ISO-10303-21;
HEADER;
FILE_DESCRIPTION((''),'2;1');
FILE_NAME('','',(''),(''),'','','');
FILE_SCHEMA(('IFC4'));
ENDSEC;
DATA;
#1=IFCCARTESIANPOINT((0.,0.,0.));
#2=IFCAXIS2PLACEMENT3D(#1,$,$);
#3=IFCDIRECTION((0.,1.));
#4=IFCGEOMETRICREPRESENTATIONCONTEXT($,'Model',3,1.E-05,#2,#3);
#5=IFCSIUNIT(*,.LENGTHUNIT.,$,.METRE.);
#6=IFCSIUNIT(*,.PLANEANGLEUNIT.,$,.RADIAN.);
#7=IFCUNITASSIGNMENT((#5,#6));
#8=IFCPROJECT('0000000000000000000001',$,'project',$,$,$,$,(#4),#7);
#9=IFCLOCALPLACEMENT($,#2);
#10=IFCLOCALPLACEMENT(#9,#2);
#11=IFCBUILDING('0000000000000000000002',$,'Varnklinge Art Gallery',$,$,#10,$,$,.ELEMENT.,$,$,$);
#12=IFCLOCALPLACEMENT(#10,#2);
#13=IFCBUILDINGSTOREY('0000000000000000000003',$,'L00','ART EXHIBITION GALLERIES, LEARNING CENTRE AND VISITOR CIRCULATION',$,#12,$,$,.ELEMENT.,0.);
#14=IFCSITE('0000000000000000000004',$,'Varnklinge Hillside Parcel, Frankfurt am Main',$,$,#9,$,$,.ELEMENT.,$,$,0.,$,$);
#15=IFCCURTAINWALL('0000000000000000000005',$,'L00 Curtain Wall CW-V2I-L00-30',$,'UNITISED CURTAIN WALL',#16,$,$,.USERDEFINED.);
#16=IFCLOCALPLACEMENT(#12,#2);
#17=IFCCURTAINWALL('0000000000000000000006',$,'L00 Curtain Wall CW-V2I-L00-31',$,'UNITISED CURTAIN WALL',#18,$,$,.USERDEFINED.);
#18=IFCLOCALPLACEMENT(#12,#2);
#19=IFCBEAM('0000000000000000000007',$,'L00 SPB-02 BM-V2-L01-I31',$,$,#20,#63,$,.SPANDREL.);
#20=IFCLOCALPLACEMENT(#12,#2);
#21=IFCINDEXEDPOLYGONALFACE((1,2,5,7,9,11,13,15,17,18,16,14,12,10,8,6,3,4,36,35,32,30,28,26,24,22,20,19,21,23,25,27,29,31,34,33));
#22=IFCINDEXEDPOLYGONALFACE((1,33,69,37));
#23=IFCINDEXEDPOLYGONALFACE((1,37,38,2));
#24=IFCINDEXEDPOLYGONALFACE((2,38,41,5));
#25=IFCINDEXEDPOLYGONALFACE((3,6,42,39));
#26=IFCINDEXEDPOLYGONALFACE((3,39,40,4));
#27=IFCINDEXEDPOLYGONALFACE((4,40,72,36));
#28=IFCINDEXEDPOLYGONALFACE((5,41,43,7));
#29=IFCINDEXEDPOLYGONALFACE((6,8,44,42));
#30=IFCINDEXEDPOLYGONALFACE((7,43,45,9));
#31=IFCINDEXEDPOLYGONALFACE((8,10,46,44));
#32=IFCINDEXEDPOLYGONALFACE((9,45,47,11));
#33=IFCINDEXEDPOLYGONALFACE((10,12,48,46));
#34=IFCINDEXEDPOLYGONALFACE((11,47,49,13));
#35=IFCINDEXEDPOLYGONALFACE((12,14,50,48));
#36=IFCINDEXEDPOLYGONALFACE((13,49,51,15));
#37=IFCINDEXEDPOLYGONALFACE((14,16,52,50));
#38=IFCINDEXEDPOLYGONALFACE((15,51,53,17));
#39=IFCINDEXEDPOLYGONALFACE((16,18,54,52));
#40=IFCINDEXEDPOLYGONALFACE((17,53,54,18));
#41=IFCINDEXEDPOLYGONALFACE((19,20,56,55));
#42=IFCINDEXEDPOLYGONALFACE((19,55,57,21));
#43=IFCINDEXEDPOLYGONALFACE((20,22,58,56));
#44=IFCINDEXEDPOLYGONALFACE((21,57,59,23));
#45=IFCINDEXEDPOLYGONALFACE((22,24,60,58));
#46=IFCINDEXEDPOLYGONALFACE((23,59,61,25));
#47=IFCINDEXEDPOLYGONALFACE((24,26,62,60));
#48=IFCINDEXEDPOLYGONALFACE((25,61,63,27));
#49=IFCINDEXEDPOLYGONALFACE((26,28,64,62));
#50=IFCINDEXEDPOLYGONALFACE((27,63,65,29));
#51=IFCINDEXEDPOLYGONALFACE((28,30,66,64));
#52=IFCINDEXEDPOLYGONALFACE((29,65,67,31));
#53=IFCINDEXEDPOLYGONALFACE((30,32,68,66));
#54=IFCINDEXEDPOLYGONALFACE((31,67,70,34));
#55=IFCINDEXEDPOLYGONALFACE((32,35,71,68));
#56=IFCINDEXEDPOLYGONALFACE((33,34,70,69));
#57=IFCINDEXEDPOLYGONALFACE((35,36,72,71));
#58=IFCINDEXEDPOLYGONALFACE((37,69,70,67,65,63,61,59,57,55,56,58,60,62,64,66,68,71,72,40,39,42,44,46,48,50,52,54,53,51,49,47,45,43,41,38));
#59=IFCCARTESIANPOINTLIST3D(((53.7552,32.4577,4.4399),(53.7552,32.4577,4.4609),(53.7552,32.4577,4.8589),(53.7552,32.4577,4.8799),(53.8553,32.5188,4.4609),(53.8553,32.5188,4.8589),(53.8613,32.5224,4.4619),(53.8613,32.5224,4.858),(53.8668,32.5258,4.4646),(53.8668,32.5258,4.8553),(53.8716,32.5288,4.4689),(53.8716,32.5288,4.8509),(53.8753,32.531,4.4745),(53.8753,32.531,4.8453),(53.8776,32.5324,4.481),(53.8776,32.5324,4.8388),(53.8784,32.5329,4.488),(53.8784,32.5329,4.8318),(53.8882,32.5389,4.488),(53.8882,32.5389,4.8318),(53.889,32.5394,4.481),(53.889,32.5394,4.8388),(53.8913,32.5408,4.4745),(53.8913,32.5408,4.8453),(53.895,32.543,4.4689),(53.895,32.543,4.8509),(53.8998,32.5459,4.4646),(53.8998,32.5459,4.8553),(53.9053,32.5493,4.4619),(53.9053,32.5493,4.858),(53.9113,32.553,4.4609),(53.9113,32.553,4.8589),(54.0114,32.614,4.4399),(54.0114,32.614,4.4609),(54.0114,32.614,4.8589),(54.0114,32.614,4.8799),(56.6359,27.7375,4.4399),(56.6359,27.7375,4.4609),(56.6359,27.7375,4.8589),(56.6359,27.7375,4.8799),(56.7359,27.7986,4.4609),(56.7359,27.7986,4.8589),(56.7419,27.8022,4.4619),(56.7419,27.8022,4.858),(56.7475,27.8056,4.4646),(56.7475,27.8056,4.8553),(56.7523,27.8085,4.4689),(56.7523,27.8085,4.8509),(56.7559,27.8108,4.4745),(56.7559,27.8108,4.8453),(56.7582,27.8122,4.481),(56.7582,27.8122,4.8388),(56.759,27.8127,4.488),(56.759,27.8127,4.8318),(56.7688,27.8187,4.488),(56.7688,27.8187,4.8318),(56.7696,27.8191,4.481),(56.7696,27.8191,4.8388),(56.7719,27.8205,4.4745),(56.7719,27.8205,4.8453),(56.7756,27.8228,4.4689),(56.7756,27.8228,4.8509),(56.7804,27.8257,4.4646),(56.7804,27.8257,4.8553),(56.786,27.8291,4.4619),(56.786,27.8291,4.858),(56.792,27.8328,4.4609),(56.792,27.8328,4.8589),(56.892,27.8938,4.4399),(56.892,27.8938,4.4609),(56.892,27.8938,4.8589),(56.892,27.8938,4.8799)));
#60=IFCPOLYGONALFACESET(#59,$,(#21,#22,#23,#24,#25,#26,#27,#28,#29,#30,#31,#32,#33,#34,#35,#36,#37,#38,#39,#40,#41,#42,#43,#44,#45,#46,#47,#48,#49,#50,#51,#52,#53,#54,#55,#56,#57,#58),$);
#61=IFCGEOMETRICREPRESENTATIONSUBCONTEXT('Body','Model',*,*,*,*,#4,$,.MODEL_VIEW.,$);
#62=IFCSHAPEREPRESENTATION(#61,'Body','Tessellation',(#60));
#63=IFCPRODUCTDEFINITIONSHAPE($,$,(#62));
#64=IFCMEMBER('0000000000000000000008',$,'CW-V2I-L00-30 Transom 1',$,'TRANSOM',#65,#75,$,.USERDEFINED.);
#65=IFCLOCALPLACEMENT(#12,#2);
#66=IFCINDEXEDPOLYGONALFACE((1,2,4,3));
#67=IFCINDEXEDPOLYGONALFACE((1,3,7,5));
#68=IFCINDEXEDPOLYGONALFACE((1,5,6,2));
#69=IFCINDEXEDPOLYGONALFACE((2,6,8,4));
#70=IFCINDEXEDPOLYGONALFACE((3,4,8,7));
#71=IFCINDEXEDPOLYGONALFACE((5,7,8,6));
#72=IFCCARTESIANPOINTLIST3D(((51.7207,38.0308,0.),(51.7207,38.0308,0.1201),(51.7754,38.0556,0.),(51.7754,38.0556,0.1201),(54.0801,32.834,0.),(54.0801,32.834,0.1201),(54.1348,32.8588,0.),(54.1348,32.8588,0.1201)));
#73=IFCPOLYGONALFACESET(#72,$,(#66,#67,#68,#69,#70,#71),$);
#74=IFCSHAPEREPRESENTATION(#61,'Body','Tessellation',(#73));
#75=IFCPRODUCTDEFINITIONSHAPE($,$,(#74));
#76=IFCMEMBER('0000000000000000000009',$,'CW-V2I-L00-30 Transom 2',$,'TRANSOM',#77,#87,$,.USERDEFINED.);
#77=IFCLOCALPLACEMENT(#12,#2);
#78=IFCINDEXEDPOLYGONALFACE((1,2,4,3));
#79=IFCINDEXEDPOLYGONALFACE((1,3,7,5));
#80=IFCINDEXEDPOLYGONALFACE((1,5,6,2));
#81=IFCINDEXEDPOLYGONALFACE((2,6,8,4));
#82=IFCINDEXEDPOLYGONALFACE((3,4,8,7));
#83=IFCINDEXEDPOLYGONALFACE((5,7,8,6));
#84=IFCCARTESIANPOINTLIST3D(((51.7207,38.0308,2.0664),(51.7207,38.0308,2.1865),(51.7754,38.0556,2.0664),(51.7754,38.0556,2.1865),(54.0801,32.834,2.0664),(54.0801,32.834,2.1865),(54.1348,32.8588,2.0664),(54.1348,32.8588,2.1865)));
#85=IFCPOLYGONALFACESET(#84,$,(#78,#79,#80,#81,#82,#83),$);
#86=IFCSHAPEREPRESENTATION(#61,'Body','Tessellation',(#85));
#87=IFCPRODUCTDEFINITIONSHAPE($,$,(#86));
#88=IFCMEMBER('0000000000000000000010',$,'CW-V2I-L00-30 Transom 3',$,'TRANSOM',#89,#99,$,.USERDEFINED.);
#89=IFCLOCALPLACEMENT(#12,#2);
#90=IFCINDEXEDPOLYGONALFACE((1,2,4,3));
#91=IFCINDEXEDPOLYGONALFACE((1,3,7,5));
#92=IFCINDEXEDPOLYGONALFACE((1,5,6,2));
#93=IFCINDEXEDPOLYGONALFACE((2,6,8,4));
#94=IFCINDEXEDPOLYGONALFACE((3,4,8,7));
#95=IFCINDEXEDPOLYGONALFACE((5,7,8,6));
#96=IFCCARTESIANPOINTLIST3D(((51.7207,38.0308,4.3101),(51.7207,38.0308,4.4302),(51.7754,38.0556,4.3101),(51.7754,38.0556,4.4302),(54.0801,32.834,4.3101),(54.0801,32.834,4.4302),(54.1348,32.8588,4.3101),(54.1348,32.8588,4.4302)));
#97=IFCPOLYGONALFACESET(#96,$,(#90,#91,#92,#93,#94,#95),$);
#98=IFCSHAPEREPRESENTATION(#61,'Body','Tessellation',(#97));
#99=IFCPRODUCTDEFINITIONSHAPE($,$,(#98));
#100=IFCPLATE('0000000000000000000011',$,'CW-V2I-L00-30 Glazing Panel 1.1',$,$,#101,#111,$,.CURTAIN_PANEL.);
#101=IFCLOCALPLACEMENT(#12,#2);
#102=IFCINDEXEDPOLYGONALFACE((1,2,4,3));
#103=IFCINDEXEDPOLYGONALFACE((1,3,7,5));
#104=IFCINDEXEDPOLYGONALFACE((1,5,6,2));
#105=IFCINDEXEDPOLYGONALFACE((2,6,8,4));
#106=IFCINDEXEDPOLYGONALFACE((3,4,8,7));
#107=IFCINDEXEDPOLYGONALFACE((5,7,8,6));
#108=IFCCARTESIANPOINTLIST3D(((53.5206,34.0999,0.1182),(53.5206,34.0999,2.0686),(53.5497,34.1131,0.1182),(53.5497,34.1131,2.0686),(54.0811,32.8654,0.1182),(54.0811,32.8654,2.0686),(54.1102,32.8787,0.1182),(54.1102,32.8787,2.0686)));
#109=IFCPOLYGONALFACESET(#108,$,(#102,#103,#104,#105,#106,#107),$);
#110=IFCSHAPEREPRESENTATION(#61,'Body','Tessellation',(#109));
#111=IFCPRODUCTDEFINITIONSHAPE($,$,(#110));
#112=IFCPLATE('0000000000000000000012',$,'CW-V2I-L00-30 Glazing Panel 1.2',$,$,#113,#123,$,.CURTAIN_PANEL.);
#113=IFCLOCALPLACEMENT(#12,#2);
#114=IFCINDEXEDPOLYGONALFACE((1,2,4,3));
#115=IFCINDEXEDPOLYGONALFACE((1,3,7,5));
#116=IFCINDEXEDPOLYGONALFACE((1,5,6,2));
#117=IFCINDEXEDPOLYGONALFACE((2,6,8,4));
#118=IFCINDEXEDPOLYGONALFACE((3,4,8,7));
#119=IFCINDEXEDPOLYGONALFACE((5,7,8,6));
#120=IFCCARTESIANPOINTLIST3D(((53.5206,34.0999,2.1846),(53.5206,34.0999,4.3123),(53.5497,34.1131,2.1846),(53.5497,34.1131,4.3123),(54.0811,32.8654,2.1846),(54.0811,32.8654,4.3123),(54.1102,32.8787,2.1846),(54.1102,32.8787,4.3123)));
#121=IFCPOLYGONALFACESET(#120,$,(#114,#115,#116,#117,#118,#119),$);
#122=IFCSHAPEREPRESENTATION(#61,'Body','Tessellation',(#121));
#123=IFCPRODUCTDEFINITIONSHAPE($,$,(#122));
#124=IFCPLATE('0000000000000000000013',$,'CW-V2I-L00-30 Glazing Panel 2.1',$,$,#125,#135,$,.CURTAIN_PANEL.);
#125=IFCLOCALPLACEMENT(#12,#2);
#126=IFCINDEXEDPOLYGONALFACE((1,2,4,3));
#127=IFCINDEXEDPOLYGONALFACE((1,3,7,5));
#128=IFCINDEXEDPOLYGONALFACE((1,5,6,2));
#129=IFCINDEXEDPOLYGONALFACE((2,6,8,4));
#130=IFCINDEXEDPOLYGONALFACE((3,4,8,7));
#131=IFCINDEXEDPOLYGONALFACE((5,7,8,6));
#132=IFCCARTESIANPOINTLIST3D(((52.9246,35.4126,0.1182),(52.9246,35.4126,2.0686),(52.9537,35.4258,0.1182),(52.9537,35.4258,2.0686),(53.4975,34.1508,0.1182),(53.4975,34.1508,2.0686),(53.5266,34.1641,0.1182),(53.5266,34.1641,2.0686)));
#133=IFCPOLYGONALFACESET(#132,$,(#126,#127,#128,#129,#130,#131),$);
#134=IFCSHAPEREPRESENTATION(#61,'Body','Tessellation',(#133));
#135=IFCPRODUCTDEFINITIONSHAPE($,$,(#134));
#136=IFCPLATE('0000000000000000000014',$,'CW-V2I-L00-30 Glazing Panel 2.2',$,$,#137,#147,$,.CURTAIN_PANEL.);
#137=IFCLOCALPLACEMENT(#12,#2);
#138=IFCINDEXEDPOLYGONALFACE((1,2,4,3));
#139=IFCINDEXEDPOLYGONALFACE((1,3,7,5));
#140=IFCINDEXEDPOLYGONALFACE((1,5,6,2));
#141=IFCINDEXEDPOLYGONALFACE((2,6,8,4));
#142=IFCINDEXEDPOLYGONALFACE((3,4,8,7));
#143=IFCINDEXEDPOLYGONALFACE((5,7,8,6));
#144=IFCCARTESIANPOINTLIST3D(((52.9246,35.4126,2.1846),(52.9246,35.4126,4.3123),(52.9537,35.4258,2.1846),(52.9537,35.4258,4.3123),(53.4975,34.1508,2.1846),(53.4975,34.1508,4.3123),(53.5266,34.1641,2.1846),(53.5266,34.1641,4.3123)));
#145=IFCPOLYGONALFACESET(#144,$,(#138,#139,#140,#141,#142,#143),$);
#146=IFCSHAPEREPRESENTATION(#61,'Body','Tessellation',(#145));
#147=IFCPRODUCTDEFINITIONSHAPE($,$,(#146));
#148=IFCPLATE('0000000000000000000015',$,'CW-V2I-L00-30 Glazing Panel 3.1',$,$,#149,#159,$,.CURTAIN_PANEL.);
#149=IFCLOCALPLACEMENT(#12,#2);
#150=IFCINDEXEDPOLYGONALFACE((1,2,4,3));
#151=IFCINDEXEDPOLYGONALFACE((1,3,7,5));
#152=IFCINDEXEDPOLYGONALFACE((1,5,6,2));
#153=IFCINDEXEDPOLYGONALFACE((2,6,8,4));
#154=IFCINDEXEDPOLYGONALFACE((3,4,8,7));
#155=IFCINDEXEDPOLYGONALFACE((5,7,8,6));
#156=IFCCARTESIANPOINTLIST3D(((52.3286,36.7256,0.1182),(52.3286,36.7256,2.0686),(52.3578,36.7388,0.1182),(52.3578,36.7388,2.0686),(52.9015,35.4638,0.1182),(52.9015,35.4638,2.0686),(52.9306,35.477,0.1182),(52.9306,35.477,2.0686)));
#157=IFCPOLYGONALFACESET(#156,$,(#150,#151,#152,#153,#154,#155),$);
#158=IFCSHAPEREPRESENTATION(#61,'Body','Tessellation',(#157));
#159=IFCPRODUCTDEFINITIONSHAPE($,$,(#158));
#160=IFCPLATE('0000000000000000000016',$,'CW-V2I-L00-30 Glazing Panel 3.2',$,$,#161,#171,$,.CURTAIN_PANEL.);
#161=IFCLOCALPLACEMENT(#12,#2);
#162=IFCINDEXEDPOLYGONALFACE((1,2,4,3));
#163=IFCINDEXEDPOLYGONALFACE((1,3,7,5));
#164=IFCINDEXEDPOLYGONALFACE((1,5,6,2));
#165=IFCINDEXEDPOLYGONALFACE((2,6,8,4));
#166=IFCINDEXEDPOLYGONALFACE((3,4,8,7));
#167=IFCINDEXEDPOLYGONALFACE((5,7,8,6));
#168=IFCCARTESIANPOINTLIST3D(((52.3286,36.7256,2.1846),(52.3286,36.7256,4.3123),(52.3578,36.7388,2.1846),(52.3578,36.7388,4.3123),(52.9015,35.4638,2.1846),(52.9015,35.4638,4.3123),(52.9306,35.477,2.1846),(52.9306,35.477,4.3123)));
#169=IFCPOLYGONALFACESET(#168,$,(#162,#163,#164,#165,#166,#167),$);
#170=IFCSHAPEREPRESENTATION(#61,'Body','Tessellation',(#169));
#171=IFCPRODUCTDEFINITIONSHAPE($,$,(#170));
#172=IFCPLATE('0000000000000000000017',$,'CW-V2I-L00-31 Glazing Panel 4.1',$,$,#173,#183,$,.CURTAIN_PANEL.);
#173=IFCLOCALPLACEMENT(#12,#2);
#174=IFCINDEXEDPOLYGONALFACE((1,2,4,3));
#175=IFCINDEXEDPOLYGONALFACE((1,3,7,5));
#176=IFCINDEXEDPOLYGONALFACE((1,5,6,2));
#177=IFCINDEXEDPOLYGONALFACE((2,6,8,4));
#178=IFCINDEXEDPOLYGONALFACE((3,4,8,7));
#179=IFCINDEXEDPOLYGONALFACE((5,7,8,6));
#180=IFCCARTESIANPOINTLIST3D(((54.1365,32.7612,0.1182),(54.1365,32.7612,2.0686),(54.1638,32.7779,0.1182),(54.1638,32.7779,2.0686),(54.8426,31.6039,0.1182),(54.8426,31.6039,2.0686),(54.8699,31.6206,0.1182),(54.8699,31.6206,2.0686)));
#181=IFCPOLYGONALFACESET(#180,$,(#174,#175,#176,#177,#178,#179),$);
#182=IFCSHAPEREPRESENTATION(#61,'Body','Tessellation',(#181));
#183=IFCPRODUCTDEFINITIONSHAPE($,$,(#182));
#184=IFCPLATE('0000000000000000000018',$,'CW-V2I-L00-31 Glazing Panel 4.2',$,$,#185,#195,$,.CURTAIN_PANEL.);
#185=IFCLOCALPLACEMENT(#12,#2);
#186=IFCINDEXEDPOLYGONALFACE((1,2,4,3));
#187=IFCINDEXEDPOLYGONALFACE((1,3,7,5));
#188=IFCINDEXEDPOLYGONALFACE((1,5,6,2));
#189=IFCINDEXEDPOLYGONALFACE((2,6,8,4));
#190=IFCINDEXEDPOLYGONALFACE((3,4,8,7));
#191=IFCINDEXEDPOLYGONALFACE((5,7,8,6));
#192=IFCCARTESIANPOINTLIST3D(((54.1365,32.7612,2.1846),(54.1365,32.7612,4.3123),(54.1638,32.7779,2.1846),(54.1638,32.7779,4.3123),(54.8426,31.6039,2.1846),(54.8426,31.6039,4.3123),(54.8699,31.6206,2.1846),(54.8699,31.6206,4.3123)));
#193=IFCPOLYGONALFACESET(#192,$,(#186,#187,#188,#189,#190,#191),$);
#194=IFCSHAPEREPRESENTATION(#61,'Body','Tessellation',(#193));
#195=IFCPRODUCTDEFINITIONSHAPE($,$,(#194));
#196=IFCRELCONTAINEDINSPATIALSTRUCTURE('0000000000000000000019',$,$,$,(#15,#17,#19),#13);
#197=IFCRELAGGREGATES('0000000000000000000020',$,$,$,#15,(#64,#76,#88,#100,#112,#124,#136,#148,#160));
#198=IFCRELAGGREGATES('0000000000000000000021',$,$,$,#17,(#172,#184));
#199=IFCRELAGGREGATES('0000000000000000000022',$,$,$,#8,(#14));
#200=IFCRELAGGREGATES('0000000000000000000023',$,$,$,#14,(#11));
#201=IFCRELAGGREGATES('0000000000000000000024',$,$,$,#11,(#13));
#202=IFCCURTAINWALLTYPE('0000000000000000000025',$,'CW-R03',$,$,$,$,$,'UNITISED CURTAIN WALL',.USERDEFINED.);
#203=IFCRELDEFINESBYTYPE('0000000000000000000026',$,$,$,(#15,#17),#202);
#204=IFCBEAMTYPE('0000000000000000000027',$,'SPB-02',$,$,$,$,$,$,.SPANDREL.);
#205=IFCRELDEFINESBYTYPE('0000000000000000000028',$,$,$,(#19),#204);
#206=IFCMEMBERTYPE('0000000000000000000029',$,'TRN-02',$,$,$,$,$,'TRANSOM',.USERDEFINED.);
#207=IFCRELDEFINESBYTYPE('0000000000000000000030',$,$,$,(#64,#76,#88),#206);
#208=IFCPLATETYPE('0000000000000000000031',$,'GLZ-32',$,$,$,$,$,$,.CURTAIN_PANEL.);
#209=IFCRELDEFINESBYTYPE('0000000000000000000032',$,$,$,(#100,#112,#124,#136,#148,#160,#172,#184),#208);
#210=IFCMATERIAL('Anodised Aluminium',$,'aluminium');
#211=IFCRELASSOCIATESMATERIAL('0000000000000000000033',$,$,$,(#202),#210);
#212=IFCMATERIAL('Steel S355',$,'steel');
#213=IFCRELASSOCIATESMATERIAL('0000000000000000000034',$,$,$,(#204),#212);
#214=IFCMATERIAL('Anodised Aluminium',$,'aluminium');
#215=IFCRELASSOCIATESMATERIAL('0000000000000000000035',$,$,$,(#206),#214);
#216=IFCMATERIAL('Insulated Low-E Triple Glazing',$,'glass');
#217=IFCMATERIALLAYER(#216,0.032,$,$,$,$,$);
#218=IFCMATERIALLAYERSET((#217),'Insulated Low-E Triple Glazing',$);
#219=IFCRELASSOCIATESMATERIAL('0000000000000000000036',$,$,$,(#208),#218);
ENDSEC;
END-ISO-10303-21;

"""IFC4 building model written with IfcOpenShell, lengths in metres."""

from ifc_helpers import new_model, si_unit, direction, frame, origin, origin_2d, place, context, subcontext, project, spatial, rectangle, i_section, extrude, material, layer, layer_set, material_profile, profile_set, type_object, element, aggregate, save


model = new_model("IFC4")

# Units and contexts
model_context = context("Model", 3, precision=1e-05, world=origin(), true_north=direction((0.0, 1.0)))
body_context = subcontext(model_context, "Body", "Model", "MODEL_VIEW")
ifc_project = project(units=[si_unit("LENGTHUNIT", "METRE"), si_unit("PLANEANGLEUNIT", "RADIAN")], contexts=[model_context])

# Site, building, storey
site_placement = place(None, origin())
site = spatial("IfcSite", under=ifc_project, at=site_placement, Name="Varnklinge Hillside Parcel, Frankfurt am Main", CompositionType="ELEMENT", RefElevation=0.0)
building_placement = place(site_placement, origin())
building = spatial("IfcBuilding", under=site, at=building_placement, Name="Varnklinge Art Gallery", CompositionType="ELEMENT")
storey_placement = place(building_placement, origin())
storey = spatial("IfcBuildingStorey", under=building, at=storey_placement, Name="L00", Description="ART EXHIBITION GALLERIES, LEARNING CENTRE AND VISITOR CIRCULATION", CompositionType="ELEMENT", Elevation=0.0)

# Curtain walls
ifc_material_1 = material(Name="Anodised Aluminium", Category="aluminium")
curtain_wall_type = type_object("IfcCurtainWallType", Name="CW-R03", ElementType="UNITISED CURTAIN WALL", PredefinedType="USERDEFINED", material=ifc_material_1)
curtain_wall_1_placement = place(storey_placement, origin())
curtain_wall_1 = element("IfcCurtainWall", 1, at=curtain_wall_1_placement, inside=storey, type_object=curtain_wall_type, Name="L00 Curtain Wall CW-V2I-L00-30", ObjectType="UNITISED CURTAIN WALL", PredefinedType="USERDEFINED")
curtain_wall_2_placement = place(storey_placement, origin())
curtain_wall_2 = element("IfcCurtainWall", 2, at=curtain_wall_2_placement, inside=storey, type_object=curtain_wall_type, Name="L00 Curtain Wall CW-V2I-L00-31", ObjectType="UNITISED CURTAIN WALL", PredefinedType="USERDEFINED")

# Beam
ifc_material_2 = material(Name="Steel S355", Category="steel")
ifc_material_profile_1 = material_profile(ifc_material_2, i_section(OverallWidth=0.3, OverallDepth=0.4399, WebThickness=0.0115, FlangeThickness=0.021, FilletRadius=0.0271, at=origin_2d()), Name="HEA 450")
ifc_profile_set_1 = profile_set([ifc_material_profile_1], Name="Steel S355")
beam_type_1 = type_object("IfcBeamType", Name="SPB-02", PredefinedType="SPANDREL", material=ifc_profile_set_1)
beam_1_placement = place(storey_placement, frame((53.8833, 32.5359, 4.6599), z_axis=(0.520928, -0.8536, 0.0), x_axis=(0.8536, 0.520928, 0.0)))
element("IfcBeam", 3, at=beam_1_placement, inside=storey, type_object=beam_type_1, Name="L00 SPB-02 BM-V2-L01-I31", PredefinedType="SPANDREL", context=body_context, shape_type="SweptSolid", body=[
    extrude(i_section(OverallWidth=0.3, OverallDepth=0.4399, WebThickness=0.0115, FlangeThickness=0.021, FilletRadius=0.0271, at=origin_2d()), origin(), (0.0, 0.0, 1.0), 5.5298),
])

# Members
ifc_material_3 = material(Name="Anodised Aluminium", Category="aluminium")
ifc_material_profile_2 = material_profile(ifc_material_3, rectangle(XDim=0.0601, YDim=0.1201, at=origin_2d()), Name="ALU 60x120")
ifc_profile_set_2 = profile_set([ifc_material_profile_2], Name="Anodised Aluminium")
member_type_1 = type_object("IfcMemberType", Name="TRN-02", ElementType="TRANSOM", PredefinedType="USERDEFINED", material=ifc_profile_set_2)
member_1_placement = place(storey_placement, frame((54.1074, 32.8464, 0.0601), z_axis=(-0.413397, 0.910551, 0.0), x_axis=(-0.910551, -0.413397, 0.0)))
member_1 = element("IfcMember", 4, at=member_1_placement, type_object=member_type_1, Name="CW-V2I-L00-30 Transom 1", ObjectType="TRANSOM", PredefinedType="USERDEFINED", context=body_context, shape_type="SweptSolid", body=[
    extrude(rectangle(XDim=0.0601, YDim=0.1201, at=origin_2d()), origin(), (0.0, 0.0, 1.0), 5.7073),
])
member_2_placement = place(storey_placement, frame((54.1074, 32.8464, 2.1265), z_axis=(-0.413397, 0.910551, 0.0), x_axis=(-0.910551, -0.413397, 0.0)))
member_2 = element("IfcMember", 5, at=member_2_placement, type_object=member_type_1, Name="CW-V2I-L00-30 Transom 2", ObjectType="TRANSOM", PredefinedType="USERDEFINED", context=body_context, shape_type="SweptSolid", body=[
    extrude(rectangle(XDim=0.0601, YDim=0.1201, at=origin_2d()), origin(), (0.0, 0.0, 1.0), 5.7073),
])
member_3_placement = place(storey_placement, frame((54.1074, 32.8464, 4.3701), z_axis=(-0.413397, 0.910551, 0.0), x_axis=(-0.910551, -0.413397, 0.0)))
member_3 = element("IfcMember", 6, at=member_3_placement, type_object=member_type_1, Name="CW-V2I-L00-30 Transom 3", ObjectType="TRANSOM", PredefinedType="USERDEFINED", context=body_context, shape_type="SweptSolid", body=[
    extrude(rectangle(XDim=0.0601, YDim=0.1201, at=origin_2d()), origin(), (0.0, 0.0, 1.0), 5.7073),
])

# Plates
ifc_material_4 = material(Name="Insulated Low-E Triple Glazing", Category="glass")
ifc_layer_1 = layer(ifc_material_4, 0.032)
ifc_layer_set_1 = layer_set([ifc_layer_1], Name="Insulated Low-E Triple Glazing")
plate_type = type_object("IfcPlateType", Name="GLZ-32", PredefinedType="CURTAIN_PANEL", material=ifc_layer_set_1)
plate_1_placement = place(storey_placement, frame((53.8154, 33.4893, 0.1182), z_axis=(0.0, 0.0, 1.0), x_axis=(-0.413422, 0.910539, 0.0)))
plate_1 = element("IfcPlate", 7, at=plate_1_placement, type_object=plate_type, Name="CW-V2I-L00-30 Glazing Panel 1.1", PredefinedType="CURTAIN_PANEL", context=body_context, shape_type="SweptSolid", body=[
    extrude(rectangle(XDim=1.3557, YDim=0.032, at=origin_2d()), origin(), (0.0, 0.0, 1.0), 1.9504),
])
plate_2_placement = place(storey_placement, frame((53.8154, 33.4893, 2.1846), z_axis=(0.0, 0.0, 1.0), x_axis=(-0.413422, 0.910539, 0.0)))
plate_2 = element("IfcPlate", 8, at=plate_2_placement, type_object=plate_type, Name="CW-V2I-L00-30 Glazing Panel 1.2", PredefinedType="CURTAIN_PANEL", context=body_context, shape_type="SweptSolid", body=[
    extrude(rectangle(XDim=1.3557, YDim=0.032, at=origin_2d()), origin(), (0.0, 0.0, 1.0), 2.1277),
])
plate_3_placement = place(storey_placement, frame((53.2256, 34.7883, 0.1182), z_axis=(0.0, 0.0, 1.0), x_axis=(-0.413422, 0.910539, 0.0)))
plate_3 = element("IfcPlate", 9, at=plate_3_placement, type_object=plate_type, Name="CW-V2I-L00-30 Glazing Panel 2.1", PredefinedType="CURTAIN_PANEL", context=body_context, shape_type="SweptSolid", body=[
    extrude(rectangle(XDim=1.3857, YDim=0.032, at=origin_2d()), origin(), (0.0, 0.0, 1.0), 1.9504),
])
plate_4_placement = place(storey_placement, frame((53.2256, 34.7883, 2.1846), z_axis=(0.0, 0.0, 1.0), x_axis=(-0.413422, 0.910539, 0.0)))
plate_4 = element("IfcPlate", 10, at=plate_4_placement, type_object=plate_type, Name="CW-V2I-L00-30 Glazing Panel 2.2", PredefinedType="CURTAIN_PANEL", context=body_context, shape_type="SweptSolid", body=[
    extrude(rectangle(XDim=1.3857, YDim=0.032, at=origin_2d()), origin(), (0.0, 0.0, 1.0), 2.1277),
])
plate_5_placement = place(storey_placement, frame((52.6296, 36.1013, 0.1182), z_axis=(0.0, 0.0, 1.0), x_axis=(-0.413422, 0.910539, 0.0)))
plate_5 = element("IfcPlate", 11, at=plate_5_placement, type_object=plate_type, Name="CW-V2I-L00-30 Glazing Panel 3.1", PredefinedType="CURTAIN_PANEL", context=body_context, shape_type="SweptSolid", body=[
    extrude(rectangle(XDim=1.3857, YDim=0.032, at=origin_2d()), origin(), (0.0, 0.0, 1.0), 1.9504),
])
plate_6_placement = place(storey_placement, frame((52.6296, 36.1013, 2.1846), z_axis=(0.0, 0.0, 1.0), x_axis=(-0.413422, 0.910539, 0.0)))
plate_6 = element("IfcPlate", 12, at=plate_6_placement, type_object=plate_type, Name="CW-V2I-L00-30 Glazing Panel 3.2", PredefinedType="CURTAIN_PANEL", context=body_context, shape_type="SweptSolid", body=[
    extrude(rectangle(XDim=1.3857, YDim=0.032, at=origin_2d()), origin(), (0.0, 0.0, 1.0), 2.1277),
])
aggregate(curtain_wall_1, [member_1, member_2, member_3, plate_1, plate_2, plate_3, plate_4, plate_5, plate_6])
plate_7_placement = place(storey_placement, frame((54.5032, 32.1909, 0.1182), z_axis=(0.0, 0.0, 1.0), x_axis=(-0.520861, 0.853642, 0.0)))
plate_7 = element("IfcPlate", 13, at=plate_7_placement, type_object=plate_type, Name="CW-V2I-L00-31 Glazing Panel 4.1", PredefinedType="CURTAIN_PANEL", context=body_context, shape_type="SweptSolid", body=[
    extrude(rectangle(XDim=1.3557, YDim=0.032, at=origin_2d()), origin(), (0.0, 0.0, 1.0), 1.9504),
])
plate_8_placement = place(storey_placement, frame((54.5032, 32.1909, 2.1846), z_axis=(0.0, 0.0, 1.0), x_axis=(-0.520861, 0.853642, 0.0)))
plate_8 = element("IfcPlate", 14, at=plate_8_placement, type_object=plate_type, Name="CW-V2I-L00-31 Glazing Panel 4.2", PredefinedType="CURTAIN_PANEL", context=body_context, shape_type="SweptSolid", body=[
    extrude(rectangle(XDim=1.3557, YDim=0.032, at=origin_2d()), origin(), (0.0, 0.0, 1.0), 2.1277),
])
aggregate(curtain_wall_2, [plate_7, plate_8])

save(model, "model.ifc")
